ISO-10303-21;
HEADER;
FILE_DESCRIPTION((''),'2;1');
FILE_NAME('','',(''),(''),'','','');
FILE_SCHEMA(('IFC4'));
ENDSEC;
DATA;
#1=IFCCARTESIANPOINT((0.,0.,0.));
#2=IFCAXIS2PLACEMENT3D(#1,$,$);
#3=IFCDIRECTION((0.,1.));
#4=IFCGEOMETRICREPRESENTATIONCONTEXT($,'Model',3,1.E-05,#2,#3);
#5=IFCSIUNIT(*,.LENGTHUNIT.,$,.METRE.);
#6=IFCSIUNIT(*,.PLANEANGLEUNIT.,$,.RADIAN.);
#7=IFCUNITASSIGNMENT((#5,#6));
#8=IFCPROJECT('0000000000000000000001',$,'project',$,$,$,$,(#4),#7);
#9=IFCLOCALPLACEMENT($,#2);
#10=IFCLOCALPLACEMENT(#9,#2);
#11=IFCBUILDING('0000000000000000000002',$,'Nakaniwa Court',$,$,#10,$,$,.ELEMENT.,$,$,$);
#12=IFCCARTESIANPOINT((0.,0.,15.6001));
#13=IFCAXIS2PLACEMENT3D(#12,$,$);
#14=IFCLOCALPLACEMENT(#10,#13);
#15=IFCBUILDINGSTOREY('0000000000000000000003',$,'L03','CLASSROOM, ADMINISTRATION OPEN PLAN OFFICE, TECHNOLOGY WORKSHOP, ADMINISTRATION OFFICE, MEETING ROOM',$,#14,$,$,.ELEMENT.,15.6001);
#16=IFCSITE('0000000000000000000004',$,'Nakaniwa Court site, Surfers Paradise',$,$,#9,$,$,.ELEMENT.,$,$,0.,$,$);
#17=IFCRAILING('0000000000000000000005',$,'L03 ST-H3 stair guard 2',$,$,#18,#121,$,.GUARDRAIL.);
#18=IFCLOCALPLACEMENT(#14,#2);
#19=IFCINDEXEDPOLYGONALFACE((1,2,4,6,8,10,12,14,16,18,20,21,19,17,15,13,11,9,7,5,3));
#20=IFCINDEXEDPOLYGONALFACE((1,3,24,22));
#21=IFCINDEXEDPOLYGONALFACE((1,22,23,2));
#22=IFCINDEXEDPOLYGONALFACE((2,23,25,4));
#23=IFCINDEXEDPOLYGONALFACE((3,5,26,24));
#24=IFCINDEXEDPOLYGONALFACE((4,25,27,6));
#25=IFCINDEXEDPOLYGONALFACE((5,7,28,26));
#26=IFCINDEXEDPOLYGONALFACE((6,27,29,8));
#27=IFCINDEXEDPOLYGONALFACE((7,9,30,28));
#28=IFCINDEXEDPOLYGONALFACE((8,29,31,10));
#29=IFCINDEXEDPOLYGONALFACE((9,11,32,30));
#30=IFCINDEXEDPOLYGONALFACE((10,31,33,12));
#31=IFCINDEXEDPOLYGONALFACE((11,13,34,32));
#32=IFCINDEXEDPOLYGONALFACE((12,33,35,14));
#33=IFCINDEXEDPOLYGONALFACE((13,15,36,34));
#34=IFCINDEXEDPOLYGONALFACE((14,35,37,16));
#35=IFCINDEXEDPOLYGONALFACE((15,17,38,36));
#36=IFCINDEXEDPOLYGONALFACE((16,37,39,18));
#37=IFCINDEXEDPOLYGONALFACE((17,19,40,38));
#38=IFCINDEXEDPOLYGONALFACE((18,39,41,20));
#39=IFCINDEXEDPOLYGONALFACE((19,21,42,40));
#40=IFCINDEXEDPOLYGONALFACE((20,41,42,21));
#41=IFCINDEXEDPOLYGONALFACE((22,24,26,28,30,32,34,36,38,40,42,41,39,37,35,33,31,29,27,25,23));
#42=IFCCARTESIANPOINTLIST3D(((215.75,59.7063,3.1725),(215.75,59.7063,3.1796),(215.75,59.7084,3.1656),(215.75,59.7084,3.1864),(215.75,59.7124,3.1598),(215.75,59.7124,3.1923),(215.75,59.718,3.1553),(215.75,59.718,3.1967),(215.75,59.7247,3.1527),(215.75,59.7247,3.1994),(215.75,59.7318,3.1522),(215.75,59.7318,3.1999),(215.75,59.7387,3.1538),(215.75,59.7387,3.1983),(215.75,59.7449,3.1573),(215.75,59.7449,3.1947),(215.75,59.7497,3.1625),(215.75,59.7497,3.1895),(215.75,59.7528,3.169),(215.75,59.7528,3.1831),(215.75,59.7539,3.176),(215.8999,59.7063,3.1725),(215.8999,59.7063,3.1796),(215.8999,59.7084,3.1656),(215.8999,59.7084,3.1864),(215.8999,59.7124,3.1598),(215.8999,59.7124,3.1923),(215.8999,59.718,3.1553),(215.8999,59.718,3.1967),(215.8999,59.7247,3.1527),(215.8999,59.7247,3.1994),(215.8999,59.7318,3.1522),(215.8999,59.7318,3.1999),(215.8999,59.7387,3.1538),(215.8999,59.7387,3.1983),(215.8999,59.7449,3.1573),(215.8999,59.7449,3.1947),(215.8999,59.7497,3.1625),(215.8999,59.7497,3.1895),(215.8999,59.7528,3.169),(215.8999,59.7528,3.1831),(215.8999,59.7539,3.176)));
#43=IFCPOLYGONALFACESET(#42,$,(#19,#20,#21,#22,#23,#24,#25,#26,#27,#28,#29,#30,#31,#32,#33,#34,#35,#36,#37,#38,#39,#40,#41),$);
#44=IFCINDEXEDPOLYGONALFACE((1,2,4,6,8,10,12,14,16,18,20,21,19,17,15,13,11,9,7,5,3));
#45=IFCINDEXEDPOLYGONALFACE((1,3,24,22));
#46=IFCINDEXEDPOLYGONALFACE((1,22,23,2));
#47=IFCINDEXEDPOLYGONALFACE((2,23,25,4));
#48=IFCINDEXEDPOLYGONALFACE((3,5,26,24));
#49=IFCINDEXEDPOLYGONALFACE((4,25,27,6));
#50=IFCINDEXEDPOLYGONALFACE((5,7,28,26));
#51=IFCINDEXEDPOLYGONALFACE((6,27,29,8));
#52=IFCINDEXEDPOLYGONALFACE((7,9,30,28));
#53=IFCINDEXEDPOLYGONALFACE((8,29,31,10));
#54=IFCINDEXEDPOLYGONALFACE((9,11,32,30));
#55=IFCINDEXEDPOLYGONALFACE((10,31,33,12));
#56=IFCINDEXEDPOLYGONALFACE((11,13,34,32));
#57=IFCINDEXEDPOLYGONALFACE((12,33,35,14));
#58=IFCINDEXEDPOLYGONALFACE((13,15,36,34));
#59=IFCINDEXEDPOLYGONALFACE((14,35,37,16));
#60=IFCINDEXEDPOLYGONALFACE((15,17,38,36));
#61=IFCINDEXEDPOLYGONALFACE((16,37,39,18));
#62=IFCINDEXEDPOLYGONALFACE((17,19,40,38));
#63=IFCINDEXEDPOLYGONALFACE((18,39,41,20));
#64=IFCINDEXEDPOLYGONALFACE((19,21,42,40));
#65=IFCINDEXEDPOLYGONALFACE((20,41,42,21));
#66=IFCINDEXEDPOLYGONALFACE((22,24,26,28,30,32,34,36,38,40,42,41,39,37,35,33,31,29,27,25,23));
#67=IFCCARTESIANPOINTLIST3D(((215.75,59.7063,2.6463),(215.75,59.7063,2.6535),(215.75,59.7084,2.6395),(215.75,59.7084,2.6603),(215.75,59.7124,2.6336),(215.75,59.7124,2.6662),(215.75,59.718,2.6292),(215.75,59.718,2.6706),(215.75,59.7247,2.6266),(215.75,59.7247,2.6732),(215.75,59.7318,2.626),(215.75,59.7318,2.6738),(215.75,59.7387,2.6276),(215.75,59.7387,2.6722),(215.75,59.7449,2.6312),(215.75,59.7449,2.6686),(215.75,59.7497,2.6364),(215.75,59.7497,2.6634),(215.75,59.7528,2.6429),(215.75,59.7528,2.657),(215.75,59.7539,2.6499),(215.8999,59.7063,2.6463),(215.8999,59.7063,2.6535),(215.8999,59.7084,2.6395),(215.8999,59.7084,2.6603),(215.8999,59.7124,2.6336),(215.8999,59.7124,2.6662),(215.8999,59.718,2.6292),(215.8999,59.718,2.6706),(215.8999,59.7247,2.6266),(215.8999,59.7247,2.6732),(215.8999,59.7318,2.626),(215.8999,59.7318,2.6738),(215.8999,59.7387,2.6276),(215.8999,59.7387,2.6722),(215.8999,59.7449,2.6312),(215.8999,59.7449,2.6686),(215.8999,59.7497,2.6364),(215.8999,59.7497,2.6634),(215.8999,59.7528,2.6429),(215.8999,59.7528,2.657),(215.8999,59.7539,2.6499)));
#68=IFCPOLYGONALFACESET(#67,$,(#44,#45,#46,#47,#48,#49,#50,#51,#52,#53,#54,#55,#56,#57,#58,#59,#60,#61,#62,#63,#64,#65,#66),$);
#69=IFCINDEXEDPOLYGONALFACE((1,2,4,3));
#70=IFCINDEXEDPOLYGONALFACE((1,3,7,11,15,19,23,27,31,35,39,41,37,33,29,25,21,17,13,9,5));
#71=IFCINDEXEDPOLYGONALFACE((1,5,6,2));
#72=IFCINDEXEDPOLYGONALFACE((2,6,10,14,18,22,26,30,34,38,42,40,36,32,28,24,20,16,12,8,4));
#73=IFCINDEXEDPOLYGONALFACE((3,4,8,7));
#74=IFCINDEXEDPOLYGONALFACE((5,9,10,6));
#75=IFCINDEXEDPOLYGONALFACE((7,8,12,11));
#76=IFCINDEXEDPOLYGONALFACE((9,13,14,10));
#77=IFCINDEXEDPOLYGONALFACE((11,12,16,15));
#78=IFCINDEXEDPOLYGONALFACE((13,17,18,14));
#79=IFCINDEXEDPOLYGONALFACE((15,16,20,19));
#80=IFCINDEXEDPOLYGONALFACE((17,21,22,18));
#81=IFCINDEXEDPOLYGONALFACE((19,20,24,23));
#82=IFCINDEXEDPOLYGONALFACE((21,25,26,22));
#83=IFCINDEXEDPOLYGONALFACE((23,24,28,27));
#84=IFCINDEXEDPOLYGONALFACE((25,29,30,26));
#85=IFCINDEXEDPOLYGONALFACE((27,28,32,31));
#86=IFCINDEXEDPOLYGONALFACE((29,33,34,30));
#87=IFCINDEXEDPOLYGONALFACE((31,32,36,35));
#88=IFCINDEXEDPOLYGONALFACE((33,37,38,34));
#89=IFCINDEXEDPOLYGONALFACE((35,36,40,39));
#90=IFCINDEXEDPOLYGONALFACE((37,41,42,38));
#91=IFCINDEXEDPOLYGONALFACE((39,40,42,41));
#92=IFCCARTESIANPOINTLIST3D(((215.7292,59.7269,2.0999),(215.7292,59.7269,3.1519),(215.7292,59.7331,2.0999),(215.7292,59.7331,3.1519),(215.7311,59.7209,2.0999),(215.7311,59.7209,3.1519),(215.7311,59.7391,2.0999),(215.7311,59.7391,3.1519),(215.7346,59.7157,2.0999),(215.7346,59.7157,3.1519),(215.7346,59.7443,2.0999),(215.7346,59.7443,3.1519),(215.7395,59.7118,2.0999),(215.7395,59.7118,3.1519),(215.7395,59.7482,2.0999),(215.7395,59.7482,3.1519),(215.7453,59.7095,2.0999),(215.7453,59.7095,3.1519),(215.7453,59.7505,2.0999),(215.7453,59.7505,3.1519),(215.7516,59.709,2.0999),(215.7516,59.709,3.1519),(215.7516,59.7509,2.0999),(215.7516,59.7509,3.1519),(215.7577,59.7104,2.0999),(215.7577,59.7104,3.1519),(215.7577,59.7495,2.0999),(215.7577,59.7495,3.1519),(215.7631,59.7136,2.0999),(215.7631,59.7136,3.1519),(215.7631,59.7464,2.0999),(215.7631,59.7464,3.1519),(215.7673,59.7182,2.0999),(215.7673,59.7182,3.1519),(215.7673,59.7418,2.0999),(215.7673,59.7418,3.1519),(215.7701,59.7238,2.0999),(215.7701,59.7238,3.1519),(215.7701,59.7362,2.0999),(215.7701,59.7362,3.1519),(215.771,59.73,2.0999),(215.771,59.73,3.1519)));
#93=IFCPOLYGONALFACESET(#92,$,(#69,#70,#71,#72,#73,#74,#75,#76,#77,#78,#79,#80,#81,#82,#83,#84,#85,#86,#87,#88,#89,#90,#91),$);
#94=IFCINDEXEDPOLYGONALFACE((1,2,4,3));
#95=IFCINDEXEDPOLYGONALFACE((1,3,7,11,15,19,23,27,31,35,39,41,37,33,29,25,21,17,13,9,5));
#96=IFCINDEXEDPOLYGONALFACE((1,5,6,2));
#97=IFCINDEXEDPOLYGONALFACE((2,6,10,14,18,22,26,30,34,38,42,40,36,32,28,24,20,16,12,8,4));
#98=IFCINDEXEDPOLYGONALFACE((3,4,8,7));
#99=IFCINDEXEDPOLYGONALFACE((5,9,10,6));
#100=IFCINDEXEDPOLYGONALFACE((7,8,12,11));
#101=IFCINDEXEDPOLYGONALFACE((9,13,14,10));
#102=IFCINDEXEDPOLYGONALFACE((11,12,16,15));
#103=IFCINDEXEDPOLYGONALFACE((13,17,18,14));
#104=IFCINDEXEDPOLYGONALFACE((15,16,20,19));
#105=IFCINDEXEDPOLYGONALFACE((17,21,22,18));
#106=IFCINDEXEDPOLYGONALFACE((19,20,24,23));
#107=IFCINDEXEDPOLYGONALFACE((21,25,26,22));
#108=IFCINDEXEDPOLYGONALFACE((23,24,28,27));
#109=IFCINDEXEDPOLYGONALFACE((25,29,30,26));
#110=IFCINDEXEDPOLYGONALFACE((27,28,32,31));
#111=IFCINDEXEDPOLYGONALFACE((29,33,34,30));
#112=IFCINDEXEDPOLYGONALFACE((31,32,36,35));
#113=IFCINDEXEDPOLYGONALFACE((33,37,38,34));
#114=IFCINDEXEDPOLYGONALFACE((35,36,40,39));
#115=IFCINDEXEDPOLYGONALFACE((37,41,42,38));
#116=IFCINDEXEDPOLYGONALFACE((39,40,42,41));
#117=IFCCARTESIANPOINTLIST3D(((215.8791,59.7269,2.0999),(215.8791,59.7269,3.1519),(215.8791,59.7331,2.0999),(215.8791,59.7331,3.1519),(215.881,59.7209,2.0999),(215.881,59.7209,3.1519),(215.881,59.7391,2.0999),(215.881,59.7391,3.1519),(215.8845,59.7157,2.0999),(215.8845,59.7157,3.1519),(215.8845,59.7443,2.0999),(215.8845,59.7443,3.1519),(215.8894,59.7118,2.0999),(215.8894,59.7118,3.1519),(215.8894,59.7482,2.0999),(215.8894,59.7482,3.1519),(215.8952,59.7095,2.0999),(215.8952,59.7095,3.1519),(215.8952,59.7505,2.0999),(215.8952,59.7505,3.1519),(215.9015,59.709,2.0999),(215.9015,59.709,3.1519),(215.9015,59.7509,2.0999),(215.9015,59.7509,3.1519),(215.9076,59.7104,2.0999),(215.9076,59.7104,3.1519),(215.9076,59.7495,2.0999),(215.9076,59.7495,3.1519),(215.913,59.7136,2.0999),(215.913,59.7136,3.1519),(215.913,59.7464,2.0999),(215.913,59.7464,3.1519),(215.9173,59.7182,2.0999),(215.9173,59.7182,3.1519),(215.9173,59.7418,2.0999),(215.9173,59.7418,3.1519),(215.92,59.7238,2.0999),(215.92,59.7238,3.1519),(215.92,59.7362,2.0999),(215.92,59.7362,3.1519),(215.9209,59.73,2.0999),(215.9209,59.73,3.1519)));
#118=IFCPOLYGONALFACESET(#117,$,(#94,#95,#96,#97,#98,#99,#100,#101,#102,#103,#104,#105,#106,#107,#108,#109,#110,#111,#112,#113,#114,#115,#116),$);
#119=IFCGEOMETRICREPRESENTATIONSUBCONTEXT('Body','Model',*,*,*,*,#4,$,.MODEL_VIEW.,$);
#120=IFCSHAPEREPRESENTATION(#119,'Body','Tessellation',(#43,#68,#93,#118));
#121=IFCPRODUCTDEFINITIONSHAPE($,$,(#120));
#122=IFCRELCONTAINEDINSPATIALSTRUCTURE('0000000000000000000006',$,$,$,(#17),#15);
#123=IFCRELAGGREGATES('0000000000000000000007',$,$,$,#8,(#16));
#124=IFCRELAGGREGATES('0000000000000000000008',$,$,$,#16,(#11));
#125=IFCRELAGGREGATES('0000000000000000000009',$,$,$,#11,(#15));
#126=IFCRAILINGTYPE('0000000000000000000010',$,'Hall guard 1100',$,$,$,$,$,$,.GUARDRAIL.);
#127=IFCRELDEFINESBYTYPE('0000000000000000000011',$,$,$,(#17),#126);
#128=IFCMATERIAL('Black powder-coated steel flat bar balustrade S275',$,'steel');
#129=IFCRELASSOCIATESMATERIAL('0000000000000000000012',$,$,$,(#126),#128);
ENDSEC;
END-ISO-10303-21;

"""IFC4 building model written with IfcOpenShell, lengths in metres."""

from ifc_helpers import new_model, si_unit, direction, frame, origin, origin_2d, place, context, subcontext, project, spatial, circle, extrude, material, type_object, element, save


model = new_model("IFC4")

# Units and contexts
model_context = context("Model", 3, precision=1e-05, world=origin(), true_north=direction((0.0, 1.0)))
body_context = subcontext(model_context, "Body", "Model", "MODEL_VIEW")
ifc_project = project(units=[si_unit("LENGTHUNIT", "METRE"), si_unit("PLANEANGLEUNIT", "RADIAN")], contexts=[model_context])

# Site, building, storey
site_placement = place(None, origin())
site = spatial("IfcSite", under=ifc_project, at=site_placement, Name="Nakaniwa Court site, Surfers Paradise", CompositionType="ELEMENT", RefElevation=0.0)
building_placement = place(site_placement, origin())
building = spatial("IfcBuilding", under=site, at=building_placement, Name="Nakaniwa Court", CompositionType="ELEMENT")
storey_placement = place(building_placement, frame((0.0, 0.0, 15.6001)))
storey = spatial("IfcBuildingStorey", under=building, at=storey_placement, Name="L03", Description="CLASSROOM, ADMINISTRATION OPEN PLAN OFFICE, TECHNOLOGY WORKSHOP, ADMINISTRATION OFFICE, MEETING ROOM", CompositionType="ELEMENT", Elevation=15.6001)

# Railing
ifc_material_1 = material(Name="Black powder-coated steel flat bar balustrade S275", Category="steel")
railing_type_1 = type_object("IfcRailingType", Name="Hall guard 1100", PredefinedType="GUARDRAIL", material=ifc_material_1)
railing_1_placement = place(storey_placement, frame((215.75, 59.73, 2.0999)))
element("IfcRailing", 1, at=railing_1_placement, inside=storey, type_object=railing_type_1, Name="L03 ST-H3 stair guard 2", PredefinedType="GUARDRAIL", context=body_context, shape_type="SweptSolid", body=[
    extrude(circle(Radius=0.0239, at=origin_2d()), frame((0.0, 0.0, 1.0762), z_axis=(1.0, 0.0, 0.0), x_axis=(0.0, 1.0, 0.0)), (0.0, 0.0, 1.0), 0.1499),
    extrude(circle(Radius=0.0239, at=origin_2d()), frame((0.0, 0.0, 0.55), z_axis=(1.0, 0.0, 0.0), x_axis=(0.0, 1.0, 0.0)), (0.0, 0.0, 1.0), 0.1499),
    extrude(circle(Radius=0.021, at=origin_2d()), origin(), (0.0, 0.0, 1.0), 1.052),
    extrude(circle(Radius=0.021, at=origin_2d()), frame((0.1499, 0.0, 0.0)), (0.0, 0.0, 1.0), 1.052),
])

save(model, "model.ifc")
